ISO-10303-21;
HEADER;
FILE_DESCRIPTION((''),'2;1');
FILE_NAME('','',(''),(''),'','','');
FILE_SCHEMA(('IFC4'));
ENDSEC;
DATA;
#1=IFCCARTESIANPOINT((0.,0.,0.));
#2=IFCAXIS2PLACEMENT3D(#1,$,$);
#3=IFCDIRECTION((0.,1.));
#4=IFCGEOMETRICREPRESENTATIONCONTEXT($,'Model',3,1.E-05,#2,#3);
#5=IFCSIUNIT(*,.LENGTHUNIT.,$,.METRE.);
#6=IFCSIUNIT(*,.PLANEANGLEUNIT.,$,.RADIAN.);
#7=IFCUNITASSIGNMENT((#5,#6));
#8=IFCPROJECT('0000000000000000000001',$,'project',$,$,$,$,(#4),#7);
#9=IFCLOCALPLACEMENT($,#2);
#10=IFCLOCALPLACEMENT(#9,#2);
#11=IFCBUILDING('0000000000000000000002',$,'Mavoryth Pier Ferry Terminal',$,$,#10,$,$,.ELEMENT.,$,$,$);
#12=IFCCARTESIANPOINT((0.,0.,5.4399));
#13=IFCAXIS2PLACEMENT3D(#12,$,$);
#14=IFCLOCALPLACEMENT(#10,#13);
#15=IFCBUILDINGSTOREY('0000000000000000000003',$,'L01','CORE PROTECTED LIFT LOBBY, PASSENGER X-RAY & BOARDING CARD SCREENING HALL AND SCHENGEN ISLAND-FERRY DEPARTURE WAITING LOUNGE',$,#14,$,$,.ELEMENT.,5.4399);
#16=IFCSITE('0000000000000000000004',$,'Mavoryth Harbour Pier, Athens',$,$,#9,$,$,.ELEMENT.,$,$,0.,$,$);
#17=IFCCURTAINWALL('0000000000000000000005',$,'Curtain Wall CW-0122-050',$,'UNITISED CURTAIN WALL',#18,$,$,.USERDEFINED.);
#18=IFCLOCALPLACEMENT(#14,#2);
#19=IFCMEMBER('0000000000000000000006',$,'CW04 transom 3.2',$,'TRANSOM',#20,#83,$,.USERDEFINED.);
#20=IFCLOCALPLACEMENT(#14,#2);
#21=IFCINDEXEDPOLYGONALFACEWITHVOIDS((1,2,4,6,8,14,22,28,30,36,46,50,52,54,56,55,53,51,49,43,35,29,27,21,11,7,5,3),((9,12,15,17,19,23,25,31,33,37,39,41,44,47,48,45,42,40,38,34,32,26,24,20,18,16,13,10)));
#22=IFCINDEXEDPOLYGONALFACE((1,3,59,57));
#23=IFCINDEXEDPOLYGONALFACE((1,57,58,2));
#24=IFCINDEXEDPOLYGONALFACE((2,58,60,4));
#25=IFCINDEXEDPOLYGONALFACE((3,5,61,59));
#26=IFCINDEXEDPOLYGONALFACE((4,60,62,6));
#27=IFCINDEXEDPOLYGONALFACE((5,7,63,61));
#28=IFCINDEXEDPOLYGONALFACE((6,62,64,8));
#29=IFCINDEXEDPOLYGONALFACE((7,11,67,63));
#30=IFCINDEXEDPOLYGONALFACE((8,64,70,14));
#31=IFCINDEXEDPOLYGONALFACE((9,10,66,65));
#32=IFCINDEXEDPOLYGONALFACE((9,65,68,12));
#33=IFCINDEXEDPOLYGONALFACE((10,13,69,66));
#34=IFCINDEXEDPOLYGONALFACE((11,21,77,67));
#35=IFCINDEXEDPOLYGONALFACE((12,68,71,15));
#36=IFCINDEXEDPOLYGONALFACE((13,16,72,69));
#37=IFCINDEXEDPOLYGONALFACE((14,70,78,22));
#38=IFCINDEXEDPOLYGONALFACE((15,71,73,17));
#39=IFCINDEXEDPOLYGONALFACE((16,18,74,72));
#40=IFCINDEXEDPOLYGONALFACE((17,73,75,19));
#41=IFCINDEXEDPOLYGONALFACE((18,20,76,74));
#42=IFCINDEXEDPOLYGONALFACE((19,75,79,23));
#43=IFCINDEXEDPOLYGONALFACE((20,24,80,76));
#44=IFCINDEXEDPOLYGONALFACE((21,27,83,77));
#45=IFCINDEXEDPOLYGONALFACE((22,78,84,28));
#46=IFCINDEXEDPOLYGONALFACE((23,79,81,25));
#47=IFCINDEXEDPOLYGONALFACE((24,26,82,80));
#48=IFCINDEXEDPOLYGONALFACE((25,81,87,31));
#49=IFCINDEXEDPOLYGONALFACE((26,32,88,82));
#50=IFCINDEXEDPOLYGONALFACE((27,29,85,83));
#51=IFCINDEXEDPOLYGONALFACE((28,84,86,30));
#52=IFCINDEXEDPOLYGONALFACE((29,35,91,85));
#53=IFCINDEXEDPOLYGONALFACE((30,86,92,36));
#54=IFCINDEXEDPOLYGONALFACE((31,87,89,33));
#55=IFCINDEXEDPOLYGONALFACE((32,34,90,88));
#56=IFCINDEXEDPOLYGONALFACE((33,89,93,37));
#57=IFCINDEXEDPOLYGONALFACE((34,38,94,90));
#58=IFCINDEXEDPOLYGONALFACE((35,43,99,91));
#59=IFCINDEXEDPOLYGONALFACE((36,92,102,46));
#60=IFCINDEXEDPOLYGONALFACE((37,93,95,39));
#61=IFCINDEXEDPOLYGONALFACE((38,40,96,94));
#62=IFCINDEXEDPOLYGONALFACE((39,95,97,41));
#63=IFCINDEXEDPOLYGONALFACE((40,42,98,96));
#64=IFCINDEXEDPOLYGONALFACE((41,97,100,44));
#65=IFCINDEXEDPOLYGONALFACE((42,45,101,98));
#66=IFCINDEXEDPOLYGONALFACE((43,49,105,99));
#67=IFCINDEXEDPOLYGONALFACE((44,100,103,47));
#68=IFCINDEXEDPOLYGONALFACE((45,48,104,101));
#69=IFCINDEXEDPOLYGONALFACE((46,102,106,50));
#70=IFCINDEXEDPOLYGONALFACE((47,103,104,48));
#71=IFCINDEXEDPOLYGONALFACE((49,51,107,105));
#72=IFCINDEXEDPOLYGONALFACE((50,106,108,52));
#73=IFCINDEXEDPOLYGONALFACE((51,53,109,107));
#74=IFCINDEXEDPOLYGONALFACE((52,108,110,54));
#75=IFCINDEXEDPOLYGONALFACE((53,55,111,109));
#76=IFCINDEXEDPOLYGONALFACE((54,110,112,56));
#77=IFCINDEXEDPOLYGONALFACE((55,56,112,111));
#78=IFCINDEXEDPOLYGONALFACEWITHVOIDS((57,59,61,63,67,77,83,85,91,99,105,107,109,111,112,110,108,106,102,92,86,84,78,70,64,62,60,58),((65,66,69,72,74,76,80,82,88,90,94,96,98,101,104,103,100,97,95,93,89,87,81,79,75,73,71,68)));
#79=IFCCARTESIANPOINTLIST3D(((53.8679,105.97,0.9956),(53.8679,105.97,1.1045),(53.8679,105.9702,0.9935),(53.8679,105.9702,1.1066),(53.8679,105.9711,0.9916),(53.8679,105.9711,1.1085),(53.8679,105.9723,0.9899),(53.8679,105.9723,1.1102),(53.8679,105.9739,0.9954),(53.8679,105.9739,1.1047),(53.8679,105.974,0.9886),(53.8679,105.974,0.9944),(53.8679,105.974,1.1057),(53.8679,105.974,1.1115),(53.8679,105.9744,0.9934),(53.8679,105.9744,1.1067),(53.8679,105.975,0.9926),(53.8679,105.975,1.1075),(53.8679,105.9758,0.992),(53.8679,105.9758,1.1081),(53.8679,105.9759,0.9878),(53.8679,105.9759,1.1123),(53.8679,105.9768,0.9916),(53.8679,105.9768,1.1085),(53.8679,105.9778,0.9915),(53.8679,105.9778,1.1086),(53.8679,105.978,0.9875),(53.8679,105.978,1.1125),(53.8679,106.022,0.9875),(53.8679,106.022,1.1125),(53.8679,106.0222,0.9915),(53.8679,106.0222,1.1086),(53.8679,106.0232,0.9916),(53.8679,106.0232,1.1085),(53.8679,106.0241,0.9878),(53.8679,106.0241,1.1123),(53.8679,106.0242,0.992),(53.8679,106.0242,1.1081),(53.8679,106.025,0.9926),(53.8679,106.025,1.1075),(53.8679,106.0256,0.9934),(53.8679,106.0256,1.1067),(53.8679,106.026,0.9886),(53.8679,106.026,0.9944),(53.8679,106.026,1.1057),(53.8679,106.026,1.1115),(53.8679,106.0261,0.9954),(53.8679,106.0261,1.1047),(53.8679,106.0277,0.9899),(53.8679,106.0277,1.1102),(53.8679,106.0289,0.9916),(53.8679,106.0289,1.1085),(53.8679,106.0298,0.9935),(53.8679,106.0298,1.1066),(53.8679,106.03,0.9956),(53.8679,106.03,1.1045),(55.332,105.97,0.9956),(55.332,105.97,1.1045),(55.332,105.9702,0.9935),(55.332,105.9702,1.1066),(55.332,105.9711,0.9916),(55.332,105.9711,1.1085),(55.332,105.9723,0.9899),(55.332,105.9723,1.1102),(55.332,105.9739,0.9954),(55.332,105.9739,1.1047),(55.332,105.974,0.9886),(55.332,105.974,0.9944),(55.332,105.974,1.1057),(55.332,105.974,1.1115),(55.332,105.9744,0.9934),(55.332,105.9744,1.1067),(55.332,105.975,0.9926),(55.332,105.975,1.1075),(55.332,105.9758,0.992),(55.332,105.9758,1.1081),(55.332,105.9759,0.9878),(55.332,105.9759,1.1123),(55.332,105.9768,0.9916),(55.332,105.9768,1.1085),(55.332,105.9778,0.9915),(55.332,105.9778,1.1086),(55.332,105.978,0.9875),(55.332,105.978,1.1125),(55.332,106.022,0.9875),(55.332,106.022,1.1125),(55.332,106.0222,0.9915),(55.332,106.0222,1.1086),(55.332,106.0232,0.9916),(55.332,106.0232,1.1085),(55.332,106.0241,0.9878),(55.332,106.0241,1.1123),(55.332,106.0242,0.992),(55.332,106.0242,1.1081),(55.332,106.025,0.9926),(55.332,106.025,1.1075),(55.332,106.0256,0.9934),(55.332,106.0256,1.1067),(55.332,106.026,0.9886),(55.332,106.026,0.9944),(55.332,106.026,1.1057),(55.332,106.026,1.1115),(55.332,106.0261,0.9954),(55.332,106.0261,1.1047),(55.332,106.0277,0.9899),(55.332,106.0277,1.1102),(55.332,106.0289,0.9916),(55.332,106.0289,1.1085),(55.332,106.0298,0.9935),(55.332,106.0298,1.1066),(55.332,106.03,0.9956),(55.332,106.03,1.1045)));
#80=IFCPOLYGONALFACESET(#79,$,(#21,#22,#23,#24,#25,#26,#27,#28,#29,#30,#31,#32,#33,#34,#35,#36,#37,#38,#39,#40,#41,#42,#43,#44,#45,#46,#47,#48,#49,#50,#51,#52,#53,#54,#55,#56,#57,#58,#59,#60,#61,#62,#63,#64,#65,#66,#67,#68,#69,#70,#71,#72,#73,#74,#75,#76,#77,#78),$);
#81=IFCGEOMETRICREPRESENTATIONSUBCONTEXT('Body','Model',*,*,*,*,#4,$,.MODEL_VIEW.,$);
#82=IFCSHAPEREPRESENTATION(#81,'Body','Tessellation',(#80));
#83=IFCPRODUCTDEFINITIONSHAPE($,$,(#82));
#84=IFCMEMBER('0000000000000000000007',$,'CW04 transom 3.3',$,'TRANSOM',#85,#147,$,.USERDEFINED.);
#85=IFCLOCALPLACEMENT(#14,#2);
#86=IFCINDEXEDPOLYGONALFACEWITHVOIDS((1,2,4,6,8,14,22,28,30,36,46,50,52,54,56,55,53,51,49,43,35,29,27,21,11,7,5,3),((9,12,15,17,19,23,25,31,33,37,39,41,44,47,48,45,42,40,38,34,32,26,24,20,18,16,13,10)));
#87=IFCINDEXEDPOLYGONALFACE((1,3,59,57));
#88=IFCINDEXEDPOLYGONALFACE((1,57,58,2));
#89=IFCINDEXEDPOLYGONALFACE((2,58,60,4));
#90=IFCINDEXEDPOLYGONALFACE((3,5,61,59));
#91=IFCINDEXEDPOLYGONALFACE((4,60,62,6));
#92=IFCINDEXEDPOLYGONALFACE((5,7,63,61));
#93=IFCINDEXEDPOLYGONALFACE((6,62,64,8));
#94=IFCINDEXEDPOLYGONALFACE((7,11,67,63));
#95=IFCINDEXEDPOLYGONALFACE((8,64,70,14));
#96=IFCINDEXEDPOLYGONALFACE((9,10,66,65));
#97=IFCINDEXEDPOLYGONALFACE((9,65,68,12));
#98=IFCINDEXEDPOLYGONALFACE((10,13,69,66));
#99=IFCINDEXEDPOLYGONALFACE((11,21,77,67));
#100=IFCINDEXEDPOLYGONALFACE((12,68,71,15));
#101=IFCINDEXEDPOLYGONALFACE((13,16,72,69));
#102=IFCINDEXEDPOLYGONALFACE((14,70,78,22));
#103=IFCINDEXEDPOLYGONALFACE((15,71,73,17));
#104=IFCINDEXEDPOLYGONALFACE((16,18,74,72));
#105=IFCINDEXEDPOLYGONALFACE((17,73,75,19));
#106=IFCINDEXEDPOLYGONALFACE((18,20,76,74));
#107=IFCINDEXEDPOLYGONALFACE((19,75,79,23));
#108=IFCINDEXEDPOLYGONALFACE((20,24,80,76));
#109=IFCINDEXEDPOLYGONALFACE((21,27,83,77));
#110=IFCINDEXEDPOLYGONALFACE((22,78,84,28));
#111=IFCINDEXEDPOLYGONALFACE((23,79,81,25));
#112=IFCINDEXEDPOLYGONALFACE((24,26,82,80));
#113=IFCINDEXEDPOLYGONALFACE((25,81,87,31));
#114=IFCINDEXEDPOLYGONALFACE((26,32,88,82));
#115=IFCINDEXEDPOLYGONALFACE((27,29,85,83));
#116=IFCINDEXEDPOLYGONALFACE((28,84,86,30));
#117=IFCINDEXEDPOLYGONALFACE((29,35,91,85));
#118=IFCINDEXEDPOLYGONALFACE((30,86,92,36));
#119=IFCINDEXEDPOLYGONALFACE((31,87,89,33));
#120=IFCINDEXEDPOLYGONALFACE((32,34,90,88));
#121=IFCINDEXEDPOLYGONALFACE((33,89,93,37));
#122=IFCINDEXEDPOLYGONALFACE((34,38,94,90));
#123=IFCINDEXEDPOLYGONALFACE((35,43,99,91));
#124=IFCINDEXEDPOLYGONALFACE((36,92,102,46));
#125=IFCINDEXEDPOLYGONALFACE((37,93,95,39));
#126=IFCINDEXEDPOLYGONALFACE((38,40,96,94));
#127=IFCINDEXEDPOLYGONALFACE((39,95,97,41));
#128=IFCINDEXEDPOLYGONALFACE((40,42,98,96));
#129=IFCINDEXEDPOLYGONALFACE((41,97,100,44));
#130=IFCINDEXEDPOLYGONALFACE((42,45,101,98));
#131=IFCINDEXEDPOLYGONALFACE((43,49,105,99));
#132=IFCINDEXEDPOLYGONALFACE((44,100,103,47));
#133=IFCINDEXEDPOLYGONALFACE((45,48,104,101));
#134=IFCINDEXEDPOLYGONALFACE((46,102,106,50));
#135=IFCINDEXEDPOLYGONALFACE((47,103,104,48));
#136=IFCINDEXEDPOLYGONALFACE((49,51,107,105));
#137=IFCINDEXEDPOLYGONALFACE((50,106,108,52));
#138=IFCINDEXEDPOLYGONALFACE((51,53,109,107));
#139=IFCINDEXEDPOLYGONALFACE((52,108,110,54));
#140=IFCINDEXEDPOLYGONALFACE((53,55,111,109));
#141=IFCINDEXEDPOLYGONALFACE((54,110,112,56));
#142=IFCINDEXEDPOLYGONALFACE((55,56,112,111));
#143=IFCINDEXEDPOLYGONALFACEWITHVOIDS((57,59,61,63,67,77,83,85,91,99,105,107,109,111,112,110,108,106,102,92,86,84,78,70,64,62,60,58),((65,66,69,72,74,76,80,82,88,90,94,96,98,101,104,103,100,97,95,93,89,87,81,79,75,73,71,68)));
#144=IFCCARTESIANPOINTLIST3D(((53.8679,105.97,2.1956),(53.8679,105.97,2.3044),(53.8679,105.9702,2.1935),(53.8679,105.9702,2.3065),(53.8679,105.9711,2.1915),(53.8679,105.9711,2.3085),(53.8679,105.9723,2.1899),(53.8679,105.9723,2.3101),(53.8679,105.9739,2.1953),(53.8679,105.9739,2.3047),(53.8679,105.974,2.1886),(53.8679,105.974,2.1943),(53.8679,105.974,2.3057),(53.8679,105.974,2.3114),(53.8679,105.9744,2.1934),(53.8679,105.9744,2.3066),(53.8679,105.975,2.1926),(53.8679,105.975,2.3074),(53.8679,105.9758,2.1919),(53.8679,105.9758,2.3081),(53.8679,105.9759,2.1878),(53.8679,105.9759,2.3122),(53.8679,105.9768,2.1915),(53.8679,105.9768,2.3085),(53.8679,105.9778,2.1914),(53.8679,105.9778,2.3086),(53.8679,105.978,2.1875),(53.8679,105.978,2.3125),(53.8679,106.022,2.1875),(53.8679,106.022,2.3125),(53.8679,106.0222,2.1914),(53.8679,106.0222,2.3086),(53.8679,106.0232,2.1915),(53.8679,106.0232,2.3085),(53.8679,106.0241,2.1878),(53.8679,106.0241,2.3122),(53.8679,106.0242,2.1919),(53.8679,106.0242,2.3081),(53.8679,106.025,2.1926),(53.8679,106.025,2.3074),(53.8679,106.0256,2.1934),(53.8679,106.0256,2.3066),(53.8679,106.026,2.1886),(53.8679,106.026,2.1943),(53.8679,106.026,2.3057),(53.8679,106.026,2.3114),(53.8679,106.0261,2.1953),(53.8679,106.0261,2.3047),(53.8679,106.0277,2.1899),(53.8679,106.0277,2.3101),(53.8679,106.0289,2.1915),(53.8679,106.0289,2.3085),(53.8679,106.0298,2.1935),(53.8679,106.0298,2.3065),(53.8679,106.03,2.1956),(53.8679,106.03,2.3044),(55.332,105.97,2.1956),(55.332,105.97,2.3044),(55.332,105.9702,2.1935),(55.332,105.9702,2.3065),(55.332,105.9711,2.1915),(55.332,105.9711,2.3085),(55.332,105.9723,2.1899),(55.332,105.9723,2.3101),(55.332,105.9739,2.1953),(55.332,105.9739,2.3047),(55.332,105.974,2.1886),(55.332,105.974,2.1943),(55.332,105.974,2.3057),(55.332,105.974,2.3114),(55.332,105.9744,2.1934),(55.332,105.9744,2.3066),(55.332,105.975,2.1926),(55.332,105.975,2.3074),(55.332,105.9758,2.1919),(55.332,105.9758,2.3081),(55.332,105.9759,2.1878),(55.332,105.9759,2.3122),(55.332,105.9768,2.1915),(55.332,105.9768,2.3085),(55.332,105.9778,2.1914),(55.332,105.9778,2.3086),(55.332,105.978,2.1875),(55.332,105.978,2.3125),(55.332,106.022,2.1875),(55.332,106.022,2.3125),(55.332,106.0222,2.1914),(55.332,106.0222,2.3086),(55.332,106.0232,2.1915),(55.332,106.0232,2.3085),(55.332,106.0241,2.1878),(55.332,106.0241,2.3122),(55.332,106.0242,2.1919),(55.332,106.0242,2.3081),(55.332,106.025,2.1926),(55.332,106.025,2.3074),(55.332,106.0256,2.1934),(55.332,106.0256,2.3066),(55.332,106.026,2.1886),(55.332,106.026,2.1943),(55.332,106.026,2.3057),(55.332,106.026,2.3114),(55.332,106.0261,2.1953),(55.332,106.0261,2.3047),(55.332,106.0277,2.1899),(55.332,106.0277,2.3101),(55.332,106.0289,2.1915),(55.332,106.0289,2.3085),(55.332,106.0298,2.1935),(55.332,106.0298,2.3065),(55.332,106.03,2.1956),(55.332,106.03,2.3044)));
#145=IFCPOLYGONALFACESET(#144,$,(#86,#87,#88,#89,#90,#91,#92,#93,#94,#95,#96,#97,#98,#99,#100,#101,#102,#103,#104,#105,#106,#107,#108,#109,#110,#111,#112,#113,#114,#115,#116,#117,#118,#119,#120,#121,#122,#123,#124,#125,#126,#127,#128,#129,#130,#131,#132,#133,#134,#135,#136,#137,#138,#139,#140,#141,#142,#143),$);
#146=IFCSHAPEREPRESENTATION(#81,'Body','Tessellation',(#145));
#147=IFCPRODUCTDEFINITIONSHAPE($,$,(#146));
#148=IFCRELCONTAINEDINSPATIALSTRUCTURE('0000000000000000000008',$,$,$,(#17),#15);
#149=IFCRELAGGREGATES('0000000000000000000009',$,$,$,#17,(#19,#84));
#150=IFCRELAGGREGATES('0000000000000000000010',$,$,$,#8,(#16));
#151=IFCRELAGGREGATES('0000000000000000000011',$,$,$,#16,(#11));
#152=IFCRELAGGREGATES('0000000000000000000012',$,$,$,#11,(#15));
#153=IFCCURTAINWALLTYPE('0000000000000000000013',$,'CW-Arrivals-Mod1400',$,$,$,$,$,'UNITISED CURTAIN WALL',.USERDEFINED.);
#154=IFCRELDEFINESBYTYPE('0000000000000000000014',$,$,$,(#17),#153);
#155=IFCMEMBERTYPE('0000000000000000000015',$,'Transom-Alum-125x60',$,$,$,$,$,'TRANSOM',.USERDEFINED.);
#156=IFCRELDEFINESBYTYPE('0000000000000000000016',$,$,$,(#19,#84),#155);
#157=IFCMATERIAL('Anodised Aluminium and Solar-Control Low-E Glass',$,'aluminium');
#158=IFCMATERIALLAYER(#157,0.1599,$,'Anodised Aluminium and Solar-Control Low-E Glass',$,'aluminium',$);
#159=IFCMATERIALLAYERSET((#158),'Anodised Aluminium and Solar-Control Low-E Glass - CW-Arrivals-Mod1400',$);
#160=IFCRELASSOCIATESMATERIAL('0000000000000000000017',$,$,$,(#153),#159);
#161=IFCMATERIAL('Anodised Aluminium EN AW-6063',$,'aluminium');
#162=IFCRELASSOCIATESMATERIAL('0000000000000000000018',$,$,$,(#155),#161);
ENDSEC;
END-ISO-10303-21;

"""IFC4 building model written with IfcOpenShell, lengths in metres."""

from ifc_helpers import new_model, si_unit, direction, frame, origin, origin_2d, place, context, subcontext, project, spatial, hollow_rectangle, extrude, material, layer, layer_set, material_profile, profile_set, type_object, element, aggregate, save


model = new_model("IFC4")

# Units and contexts
model_context = context("Model", 3, precision=1e-05, world=origin(), true_north=direction((0.0, 1.0)))
body_context = subcontext(model_context, "Body", "Model", "MODEL_VIEW")
ifc_project = project(units=[si_unit("LENGTHUNIT", "METRE"), si_unit("PLANEANGLEUNIT", "RADIAN")], contexts=[model_context])

# Site, building, storey
site_placement = place(None, origin())
site = spatial("IfcSite", under=ifc_project, at=site_placement, Name="Mavoryth Harbour Pier, Athens", CompositionType="ELEMENT", RefElevation=0.0)
building_placement = place(site_placement, origin())
building = spatial("IfcBuilding", under=site, at=building_placement, Name="Mavoryth Pier Ferry Terminal", CompositionType="ELEMENT")
storey_placement = place(building_placement, frame((0.0, 0.0, 5.4399)))
storey = spatial("IfcBuildingStorey", under=building, at=storey_placement, Name="L01", Description="CORE PROTECTED LIFT LOBBY, PASSENGER X-RAY & BOARDING CARD SCREENING HALL AND SCHENGEN ISLAND-FERRY DEPARTURE WAITING LOUNGE", CompositionType="ELEMENT", Elevation=5.4399)

# Curtain wall
ifc_material_1 = material(Name="Anodised Aluminium and Solar-Control Low-E Glass", Category="aluminium")
ifc_layer_1 = layer(ifc_material_1, 0.1599, Name="Anodised Aluminium and Solar-Control Low-E Glass", Category="aluminium")
ifc_layer_set_1 = layer_set([ifc_layer_1], Name="Anodised Aluminium and Solar-Control Low-E Glass - CW-Arrivals-Mod1400")
curtain_wall_type = type_object("IfcCurtainWallType", Name="CW-Arrivals-Mod1400", ElementType="UNITISED CURTAIN WALL", PredefinedType="USERDEFINED", material=ifc_layer_set_1)
curtain_wall_placement = place(storey_placement, origin())
curtain_wall = element("IfcCurtainWall", 1, at=curtain_wall_placement, inside=storey, type_object=curtain_wall_type, Name="Curtain Wall CW-0122-050", ObjectType="UNITISED CURTAIN WALL", PredefinedType="USERDEFINED")
ifc_material_2 = material(Name="Anodised Aluminium EN AW-6063", Category="aluminium")

# Members
ifc_material_profile_1 = material_profile(ifc_material_2, hollow_rectangle(XDim=0.0601, YDim=0.125, WallThickness=0.0039, InnerFilletRadius=0.0039, OuterFilletRadius=0.0081, at=origin_2d()), Name="AL-TRAN 125x60x4", Category="aluminium")
ifc_profile_set_1 = profile_set([ifc_material_profile_1], Name="Anodised Aluminium EN AW-6063 - AL-TRAN 125x60x4")
member_type_1 = type_object("IfcMemberType", Name="Transom-Alum-125x60", ElementType="TRANSOM", PredefinedType="USERDEFINED", material=ifc_profile_set_1)
member_1_placement = place(storey_placement, frame((55.332, 106.0, 1.05), z_axis=(-1.0, 0.0, 0.0), x_axis=(0.0, -1.0, 0.0)))
member_1 = element("IfcMember", 2, at=member_1_placement, type_object=member_type_1, Name="CW04 transom 3.2", ObjectType="TRANSOM", PredefinedType="USERDEFINED", context=body_context, shape_type="SweptSolid", body=[
    extrude(hollow_rectangle(XDim=0.0601, YDim=0.125, WallThickness=0.0039, InnerFilletRadius=0.0039, OuterFilletRadius=0.0081, at=origin_2d()), origin(), (0.0, 0.0, 1.0), 1.4641),
])
member_2_placement = place(storey_placement, frame((55.332, 106.0, 2.25), z_axis=(-1.0, 0.0, 0.0), x_axis=(0.0, -1.0, 0.0)))
member_2 = element("IfcMember", 3, at=member_2_placement, type_object=member_type_1, Name="CW04 transom 3.3", ObjectType="TRANSOM", PredefinedType="USERDEFINED", context=body_context, shape_type="SweptSolid", body=[
    extrude(hollow_rectangle(XDim=0.0601, YDim=0.125, WallThickness=0.0039, InnerFilletRadius=0.0039, OuterFilletRadius=0.0081, at=origin_2d()), origin(), (0.0, 0.0, 1.0), 1.4641),
])

aggregate(curtain_wall, [member_1, member_2])

save(model, "model.ifc")
